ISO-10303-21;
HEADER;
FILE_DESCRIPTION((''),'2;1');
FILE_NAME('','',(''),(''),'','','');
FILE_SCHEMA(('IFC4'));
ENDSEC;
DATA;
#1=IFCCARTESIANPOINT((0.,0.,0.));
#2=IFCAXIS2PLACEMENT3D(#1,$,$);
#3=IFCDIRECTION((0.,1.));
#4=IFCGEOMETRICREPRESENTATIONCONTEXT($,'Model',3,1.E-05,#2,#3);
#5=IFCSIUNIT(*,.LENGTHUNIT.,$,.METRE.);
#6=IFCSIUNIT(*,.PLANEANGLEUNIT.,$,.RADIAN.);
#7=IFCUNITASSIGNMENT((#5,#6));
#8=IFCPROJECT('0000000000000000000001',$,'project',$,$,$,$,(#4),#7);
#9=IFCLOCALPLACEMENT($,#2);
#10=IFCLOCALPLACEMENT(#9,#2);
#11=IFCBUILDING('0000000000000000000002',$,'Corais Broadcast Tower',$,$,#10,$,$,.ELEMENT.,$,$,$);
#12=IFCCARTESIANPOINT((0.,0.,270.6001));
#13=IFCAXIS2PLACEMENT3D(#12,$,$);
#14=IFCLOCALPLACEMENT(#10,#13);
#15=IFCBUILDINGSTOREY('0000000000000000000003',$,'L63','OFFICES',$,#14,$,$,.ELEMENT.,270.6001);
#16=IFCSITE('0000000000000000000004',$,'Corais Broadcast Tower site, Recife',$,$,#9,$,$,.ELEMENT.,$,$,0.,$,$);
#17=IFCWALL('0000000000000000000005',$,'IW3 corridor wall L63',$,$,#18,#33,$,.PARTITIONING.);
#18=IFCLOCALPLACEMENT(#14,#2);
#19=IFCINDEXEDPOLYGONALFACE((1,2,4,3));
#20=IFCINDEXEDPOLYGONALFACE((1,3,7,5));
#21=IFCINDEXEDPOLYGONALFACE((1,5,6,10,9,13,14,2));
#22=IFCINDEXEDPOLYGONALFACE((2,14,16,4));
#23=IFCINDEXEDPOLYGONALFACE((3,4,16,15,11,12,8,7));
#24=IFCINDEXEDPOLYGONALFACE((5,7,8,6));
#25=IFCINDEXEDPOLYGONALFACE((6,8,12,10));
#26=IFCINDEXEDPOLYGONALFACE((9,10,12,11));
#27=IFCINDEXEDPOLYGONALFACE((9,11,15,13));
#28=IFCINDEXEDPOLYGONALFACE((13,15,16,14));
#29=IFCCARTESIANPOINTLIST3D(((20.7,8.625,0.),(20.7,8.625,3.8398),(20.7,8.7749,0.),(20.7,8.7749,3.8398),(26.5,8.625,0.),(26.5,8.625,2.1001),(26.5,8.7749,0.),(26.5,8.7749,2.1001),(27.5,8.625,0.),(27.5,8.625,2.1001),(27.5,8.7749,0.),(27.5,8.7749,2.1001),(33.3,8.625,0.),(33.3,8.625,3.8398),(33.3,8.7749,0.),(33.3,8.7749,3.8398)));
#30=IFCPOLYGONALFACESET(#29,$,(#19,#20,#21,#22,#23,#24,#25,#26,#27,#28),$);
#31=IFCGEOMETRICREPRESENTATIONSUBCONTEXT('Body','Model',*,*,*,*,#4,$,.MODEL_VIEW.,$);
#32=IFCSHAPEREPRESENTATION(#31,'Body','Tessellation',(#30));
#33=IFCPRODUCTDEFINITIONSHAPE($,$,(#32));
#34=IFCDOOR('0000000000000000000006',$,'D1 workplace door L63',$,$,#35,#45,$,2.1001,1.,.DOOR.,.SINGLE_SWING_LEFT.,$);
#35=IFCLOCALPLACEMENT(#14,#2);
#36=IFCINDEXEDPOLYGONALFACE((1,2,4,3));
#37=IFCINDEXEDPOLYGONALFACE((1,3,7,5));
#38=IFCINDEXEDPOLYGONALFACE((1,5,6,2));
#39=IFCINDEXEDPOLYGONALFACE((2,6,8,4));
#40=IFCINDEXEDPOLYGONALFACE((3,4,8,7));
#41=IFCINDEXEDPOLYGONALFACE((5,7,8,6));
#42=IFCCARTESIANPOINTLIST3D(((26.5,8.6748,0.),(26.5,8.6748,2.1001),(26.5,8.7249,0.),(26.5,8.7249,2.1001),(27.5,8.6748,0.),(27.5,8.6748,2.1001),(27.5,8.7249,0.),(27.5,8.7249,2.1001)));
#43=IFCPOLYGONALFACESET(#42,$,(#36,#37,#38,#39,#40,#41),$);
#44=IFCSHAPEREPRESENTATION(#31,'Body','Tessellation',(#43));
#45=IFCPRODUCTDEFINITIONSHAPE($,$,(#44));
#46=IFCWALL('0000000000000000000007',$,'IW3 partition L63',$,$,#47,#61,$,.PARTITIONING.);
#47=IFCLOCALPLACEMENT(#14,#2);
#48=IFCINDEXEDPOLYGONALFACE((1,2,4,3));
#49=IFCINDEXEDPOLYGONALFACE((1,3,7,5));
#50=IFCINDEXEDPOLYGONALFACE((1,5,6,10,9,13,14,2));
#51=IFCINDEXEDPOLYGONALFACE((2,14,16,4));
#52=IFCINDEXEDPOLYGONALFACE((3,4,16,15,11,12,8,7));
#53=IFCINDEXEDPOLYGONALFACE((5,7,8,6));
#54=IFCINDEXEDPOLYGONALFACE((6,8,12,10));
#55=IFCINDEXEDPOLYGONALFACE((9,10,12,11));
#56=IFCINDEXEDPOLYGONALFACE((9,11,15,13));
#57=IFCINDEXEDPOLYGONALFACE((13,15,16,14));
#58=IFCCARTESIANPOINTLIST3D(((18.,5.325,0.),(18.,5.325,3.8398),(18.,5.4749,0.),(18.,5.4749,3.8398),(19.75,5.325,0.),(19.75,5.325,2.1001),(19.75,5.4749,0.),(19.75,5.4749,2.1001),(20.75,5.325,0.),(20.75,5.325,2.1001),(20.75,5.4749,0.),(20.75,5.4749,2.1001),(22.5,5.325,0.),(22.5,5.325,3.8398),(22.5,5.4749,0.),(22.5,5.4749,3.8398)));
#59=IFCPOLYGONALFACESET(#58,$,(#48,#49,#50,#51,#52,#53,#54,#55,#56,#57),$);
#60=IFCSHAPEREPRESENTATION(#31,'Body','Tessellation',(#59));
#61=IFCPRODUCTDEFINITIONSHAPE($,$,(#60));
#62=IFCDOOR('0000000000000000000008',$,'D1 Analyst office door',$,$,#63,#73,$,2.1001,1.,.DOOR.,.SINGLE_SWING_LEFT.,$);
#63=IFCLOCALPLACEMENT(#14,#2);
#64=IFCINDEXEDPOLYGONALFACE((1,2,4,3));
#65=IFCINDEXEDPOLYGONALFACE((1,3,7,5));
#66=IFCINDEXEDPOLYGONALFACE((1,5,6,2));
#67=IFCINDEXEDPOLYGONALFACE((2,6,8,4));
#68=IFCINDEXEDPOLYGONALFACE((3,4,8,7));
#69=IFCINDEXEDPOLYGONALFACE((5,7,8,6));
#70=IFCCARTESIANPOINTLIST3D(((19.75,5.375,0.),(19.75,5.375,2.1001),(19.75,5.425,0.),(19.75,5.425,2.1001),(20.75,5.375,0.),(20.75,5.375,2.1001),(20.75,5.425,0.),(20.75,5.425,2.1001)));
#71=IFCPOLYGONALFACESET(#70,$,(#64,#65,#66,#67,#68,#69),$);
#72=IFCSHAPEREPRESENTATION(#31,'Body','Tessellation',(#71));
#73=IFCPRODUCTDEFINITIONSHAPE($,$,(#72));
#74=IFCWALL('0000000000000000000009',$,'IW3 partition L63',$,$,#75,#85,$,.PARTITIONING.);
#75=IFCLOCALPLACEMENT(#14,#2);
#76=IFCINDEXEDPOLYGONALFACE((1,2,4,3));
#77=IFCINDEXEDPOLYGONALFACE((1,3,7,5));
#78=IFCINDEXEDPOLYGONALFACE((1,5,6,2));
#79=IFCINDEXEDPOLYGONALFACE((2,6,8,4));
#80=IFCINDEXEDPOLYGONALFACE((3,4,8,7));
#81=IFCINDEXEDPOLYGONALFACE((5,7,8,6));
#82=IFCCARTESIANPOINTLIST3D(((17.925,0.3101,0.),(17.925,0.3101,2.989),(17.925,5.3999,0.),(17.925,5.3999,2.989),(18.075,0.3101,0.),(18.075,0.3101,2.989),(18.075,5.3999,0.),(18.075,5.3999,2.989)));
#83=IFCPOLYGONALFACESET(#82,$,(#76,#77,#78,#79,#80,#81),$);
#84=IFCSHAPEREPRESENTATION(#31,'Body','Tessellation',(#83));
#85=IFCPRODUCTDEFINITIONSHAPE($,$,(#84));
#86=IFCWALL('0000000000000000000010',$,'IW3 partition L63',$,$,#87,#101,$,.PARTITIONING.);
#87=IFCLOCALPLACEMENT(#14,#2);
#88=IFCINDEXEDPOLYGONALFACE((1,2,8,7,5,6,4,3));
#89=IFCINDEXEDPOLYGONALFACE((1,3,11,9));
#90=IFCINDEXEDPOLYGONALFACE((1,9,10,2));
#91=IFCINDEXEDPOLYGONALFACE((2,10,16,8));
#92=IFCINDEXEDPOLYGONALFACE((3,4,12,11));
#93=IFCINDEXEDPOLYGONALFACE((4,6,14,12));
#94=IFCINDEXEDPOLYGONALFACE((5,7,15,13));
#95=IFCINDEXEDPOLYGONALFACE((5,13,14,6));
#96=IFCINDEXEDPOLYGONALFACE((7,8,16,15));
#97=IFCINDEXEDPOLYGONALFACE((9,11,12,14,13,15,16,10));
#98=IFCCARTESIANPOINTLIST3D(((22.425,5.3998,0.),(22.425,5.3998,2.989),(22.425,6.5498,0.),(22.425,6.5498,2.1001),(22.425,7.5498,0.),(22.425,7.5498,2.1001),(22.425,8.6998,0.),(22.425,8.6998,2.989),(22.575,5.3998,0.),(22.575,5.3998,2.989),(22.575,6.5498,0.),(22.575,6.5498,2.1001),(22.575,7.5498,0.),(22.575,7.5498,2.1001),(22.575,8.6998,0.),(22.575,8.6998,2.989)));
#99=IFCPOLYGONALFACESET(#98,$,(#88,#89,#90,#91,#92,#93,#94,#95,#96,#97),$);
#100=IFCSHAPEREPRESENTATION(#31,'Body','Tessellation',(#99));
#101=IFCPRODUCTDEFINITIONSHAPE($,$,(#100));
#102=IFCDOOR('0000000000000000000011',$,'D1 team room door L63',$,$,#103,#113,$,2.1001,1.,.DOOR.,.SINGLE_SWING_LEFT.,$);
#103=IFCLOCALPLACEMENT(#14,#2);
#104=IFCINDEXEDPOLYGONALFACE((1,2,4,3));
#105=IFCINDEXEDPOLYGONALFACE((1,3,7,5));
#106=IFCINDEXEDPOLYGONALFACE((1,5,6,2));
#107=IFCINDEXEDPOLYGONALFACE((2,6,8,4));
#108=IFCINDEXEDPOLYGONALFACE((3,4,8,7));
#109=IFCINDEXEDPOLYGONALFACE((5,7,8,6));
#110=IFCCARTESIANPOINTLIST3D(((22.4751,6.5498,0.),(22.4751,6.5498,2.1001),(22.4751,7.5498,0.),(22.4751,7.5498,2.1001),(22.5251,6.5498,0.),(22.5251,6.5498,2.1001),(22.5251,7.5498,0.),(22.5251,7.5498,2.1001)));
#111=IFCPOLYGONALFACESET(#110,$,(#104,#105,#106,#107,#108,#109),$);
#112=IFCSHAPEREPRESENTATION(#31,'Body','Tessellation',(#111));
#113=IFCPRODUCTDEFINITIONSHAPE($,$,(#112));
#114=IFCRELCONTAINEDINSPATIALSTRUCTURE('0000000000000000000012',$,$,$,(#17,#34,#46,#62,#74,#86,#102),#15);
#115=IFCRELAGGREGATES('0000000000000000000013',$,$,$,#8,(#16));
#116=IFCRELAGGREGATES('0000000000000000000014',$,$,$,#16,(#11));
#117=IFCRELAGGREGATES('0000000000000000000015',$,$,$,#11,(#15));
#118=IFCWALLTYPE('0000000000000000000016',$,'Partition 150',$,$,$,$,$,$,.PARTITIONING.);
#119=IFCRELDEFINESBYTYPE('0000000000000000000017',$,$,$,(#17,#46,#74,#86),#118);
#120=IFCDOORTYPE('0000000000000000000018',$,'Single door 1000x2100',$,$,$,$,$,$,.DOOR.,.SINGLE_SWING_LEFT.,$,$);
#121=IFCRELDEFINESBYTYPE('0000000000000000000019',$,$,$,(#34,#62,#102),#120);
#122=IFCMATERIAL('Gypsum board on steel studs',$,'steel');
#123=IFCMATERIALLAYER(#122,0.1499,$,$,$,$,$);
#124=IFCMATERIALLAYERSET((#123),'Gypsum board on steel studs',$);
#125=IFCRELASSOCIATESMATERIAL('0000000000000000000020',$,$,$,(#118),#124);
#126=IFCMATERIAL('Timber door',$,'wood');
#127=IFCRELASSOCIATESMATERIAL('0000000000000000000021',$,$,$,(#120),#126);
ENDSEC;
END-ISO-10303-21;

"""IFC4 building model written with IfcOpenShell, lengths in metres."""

from ifc_helpers import new_model, si_unit, direction, frame, frame_2d, origin, place, context, subcontext, project, spatial, rectangle, extrude, material, layer, layer_set, type_object, element, fill, save


model = new_model("IFC4")

# Units and contexts
model_context = context("Model", 3, precision=1e-05, world=origin(), true_north=direction((0.0, 1.0)))
body_context = subcontext(model_context, "Body", "Model", "MODEL_VIEW")
ifc_project = project(units=[si_unit("LENGTHUNIT", "METRE"), si_unit("PLANEANGLEUNIT", "RADIAN")], contexts=[model_context])

# Site, building, storey
site_placement = place(None, origin())
site = spatial("IfcSite", under=ifc_project, at=site_placement, Name="Corais Broadcast Tower site, Recife", CompositionType="ELEMENT", RefElevation=0.0)
building_placement = place(site_placement, origin())
building = spatial("IfcBuilding", under=site, at=building_placement, Name="Corais Broadcast Tower", CompositionType="ELEMENT")
storey_placement = place(building_placement, frame((0.0, 0.0, 270.6001)))
storey = spatial("IfcBuildingStorey", under=building, at=storey_placement, Name="L63", Description="OFFICES", CompositionType="ELEMENT", Elevation=270.6001)

# Walls, openings, doors
ifc_material_1 = material(Name="Gypsum board on steel studs", Category="steel")
ifc_layer_1 = layer(ifc_material_1, 0.1499)
ifc_layer_set_1 = layer_set([ifc_layer_1], Name="Gypsum board on steel studs")
wall_type = type_object("IfcWallType", Name="Partition 150", PredefinedType="PARTITIONING", material=ifc_layer_set_1)
wall_1_placement = place(storey_placement, frame((20.7, 8.7, 0.0), z_axis=(0.0, 0.0, 1.0), x_axis=(1.0, 0.0, 0.0)))
wall_1 = element("IfcWall", 1, at=wall_1_placement, inside=storey, type_object=wall_type, Name="IW3 corridor wall L63", PredefinedType="PARTITIONING", context=body_context, shape_type="SweptSolid", body=[
    extrude(rectangle(XDim=12.6001, YDim=0.1499, at=frame_2d((6.3, 0.0))), origin(), (0.0, 0.0, 1.0), 3.8398),
])
opening_1_placement = place(wall_1_placement, frame((5.8, 0.0, 0.0)))
opening_1 = element("IfcOpeningElement", 2, at=opening_1_placement, cuts=wall_1, PredefinedType="OPENING", context=body_context, shape_type="SweptSolid", body=[
    extrude(rectangle(XDim=1.0, YDim=2.1001, at=frame_2d((0.5, 1.05))), frame((0.0, 0.085, 0.0), z_axis=(0.0, -1.0, 0.0), x_axis=(1.0, 0.0, 0.0)), (0.0, 0.0, 1.0), 0.1699),
])
ifc_material_2 = material(Name="Timber door", Category="wood")
door_type = type_object("IfcDoorType", Name="Single door 1000x2100", OperationType="SINGLE_SWING_LEFT", PredefinedType="DOOR", material=ifc_material_2)
door_1_placement = place(opening_1_placement, origin())
door_1 = element("IfcDoor", 3, at=door_1_placement, inside=storey, type_object=door_type, Name="D1 workplace door L63", OperationType="SINGLE_SWING_LEFT", OverallHeight=2.1001, OverallWidth=1.0, PredefinedType="DOOR", context=body_context, shape_type="SweptSolid", body=[
    extrude(rectangle(XDim=1.0, YDim=2.1001, at=frame_2d((0.5, 1.05))), frame((0.0, 0.0249, 0.0), z_axis=(0.0, -1.0, 0.0), x_axis=(1.0, 0.0, 0.0)), (0.0, 0.0, 1.0), 0.05),
])
fill(opening_1, door_1)
wall_2_placement = place(storey_placement, frame((22.5, 5.3999, 0.0), z_axis=(0.0, 0.0, 1.0), x_axis=(-1.0, 0.0, 0.0)))
wall_2 = element("IfcWall", 4, at=wall_2_placement, inside=storey, type_object=wall_type, Name="IW3 partition L63", PredefinedType="PARTITIONING", context=body_context, shape_type="SweptSolid", body=[
    extrude(rectangle(XDim=4.5, YDim=0.1499, at=frame_2d((2.25, 0.0))), origin(), (0.0, 0.0, 1.0), 3.8398),
])
opening_2_placement = place(wall_2_placement, frame((1.75, 0.0, 0.0)))
opening_2 = element("IfcOpeningElement", 5, at=opening_2_placement, cuts=wall_2, PredefinedType="OPENING", context=body_context, shape_type="SweptSolid", body=[
    extrude(rectangle(XDim=1.0, YDim=2.1001, at=frame_2d((0.5, 1.05))), frame((0.0, 0.085, 0.0), z_axis=(0.0, -1.0, 0.0), x_axis=(1.0, 0.0, 0.0)), (0.0, 0.0, 1.0), 0.1699),
])
door_2_placement = place(opening_2_placement, origin())
door_2 = element("IfcDoor", 6, at=door_2_placement, inside=storey, type_object=door_type, Name="D1 Analyst office door", OperationType="SINGLE_SWING_LEFT", OverallHeight=2.1001, OverallWidth=1.0, PredefinedType="DOOR", context=body_context, shape_type="SweptSolid", body=[
    extrude(rectangle(XDim=1.0, YDim=2.1001, at=frame_2d((0.5, 1.05))), frame((0.0, 0.0249, 0.0), z_axis=(0.0, -1.0, 0.0), x_axis=(1.0, 0.0, 0.0)), (0.0, 0.0, 1.0), 0.05),
])
fill(opening_2, door_2)

# Wall
wall_3_placement = place(storey_placement, frame((18.0, 5.3999, 0.0), z_axis=(0.0, 0.0, 1.0), x_axis=(0.0, -1.0, 0.0)))
element("IfcWall", 7, at=wall_3_placement, inside=storey, type_object=wall_type, Name="IW3 partition L63", PredefinedType="PARTITIONING", context=body_context, shape_type="SweptSolid", body=[
    extrude(rectangle(XDim=5.0898, YDim=0.1499, at=frame_2d((2.5449, 0.0))), origin(), (0.0, 0.0, 1.0), 2.989),
])

# Wall, opening, door
wall_4_placement = place(storey_placement, frame((22.5, 5.3999, 0.0), z_axis=(0.0, 0.0, 1.0), x_axis=(0.0, 1.0, 0.0)))
wall_4 = element("IfcWall", 8, at=wall_4_placement, inside=storey, type_object=wall_type, Name="IW3 partition L63", PredefinedType="PARTITIONING", context=body_context, shape_type="SweptSolid", body=[
    extrude(rectangle(XDim=3.3, YDim=0.1499, at=frame_2d((1.6499, 0.0))), origin(), (0.0, 0.0, 1.0), 2.989),
])
opening_3_placement = place(wall_4_placement, frame((1.1499, 0.0, 0.0)))
opening_3 = element("IfcOpeningElement", 9, at=opening_3_placement, cuts=wall_4, PredefinedType="OPENING", context=body_context, shape_type="SweptSolid", body=[
    extrude(rectangle(XDim=1.0, YDim=2.1001, at=frame_2d((0.5, 1.05))), frame((0.0, 0.085, 0.0), z_axis=(0.0, -1.0, 0.0), x_axis=(1.0, 0.0, 0.0)), (0.0, 0.0, 1.0), 0.1699),
])
door_3_placement = place(opening_3_placement, origin())
door_3 = element("IfcDoor", 10, at=door_3_placement, inside=storey, type_object=door_type, Name="D1 team room door L63", OperationType="SINGLE_SWING_LEFT", OverallHeight=2.1001, OverallWidth=1.0, PredefinedType="DOOR", context=body_context, shape_type="SweptSolid", body=[
    extrude(rectangle(XDim=1.0, YDim=2.1001, at=frame_2d((0.5, 1.05))), frame((0.0, 0.0249, 0.0), z_axis=(0.0, -1.0, 0.0), x_axis=(1.0, 0.0, 0.0)), (0.0, 0.0, 1.0), 0.05),
])
fill(opening_3, door_3)

save(model, "model.ifc")
